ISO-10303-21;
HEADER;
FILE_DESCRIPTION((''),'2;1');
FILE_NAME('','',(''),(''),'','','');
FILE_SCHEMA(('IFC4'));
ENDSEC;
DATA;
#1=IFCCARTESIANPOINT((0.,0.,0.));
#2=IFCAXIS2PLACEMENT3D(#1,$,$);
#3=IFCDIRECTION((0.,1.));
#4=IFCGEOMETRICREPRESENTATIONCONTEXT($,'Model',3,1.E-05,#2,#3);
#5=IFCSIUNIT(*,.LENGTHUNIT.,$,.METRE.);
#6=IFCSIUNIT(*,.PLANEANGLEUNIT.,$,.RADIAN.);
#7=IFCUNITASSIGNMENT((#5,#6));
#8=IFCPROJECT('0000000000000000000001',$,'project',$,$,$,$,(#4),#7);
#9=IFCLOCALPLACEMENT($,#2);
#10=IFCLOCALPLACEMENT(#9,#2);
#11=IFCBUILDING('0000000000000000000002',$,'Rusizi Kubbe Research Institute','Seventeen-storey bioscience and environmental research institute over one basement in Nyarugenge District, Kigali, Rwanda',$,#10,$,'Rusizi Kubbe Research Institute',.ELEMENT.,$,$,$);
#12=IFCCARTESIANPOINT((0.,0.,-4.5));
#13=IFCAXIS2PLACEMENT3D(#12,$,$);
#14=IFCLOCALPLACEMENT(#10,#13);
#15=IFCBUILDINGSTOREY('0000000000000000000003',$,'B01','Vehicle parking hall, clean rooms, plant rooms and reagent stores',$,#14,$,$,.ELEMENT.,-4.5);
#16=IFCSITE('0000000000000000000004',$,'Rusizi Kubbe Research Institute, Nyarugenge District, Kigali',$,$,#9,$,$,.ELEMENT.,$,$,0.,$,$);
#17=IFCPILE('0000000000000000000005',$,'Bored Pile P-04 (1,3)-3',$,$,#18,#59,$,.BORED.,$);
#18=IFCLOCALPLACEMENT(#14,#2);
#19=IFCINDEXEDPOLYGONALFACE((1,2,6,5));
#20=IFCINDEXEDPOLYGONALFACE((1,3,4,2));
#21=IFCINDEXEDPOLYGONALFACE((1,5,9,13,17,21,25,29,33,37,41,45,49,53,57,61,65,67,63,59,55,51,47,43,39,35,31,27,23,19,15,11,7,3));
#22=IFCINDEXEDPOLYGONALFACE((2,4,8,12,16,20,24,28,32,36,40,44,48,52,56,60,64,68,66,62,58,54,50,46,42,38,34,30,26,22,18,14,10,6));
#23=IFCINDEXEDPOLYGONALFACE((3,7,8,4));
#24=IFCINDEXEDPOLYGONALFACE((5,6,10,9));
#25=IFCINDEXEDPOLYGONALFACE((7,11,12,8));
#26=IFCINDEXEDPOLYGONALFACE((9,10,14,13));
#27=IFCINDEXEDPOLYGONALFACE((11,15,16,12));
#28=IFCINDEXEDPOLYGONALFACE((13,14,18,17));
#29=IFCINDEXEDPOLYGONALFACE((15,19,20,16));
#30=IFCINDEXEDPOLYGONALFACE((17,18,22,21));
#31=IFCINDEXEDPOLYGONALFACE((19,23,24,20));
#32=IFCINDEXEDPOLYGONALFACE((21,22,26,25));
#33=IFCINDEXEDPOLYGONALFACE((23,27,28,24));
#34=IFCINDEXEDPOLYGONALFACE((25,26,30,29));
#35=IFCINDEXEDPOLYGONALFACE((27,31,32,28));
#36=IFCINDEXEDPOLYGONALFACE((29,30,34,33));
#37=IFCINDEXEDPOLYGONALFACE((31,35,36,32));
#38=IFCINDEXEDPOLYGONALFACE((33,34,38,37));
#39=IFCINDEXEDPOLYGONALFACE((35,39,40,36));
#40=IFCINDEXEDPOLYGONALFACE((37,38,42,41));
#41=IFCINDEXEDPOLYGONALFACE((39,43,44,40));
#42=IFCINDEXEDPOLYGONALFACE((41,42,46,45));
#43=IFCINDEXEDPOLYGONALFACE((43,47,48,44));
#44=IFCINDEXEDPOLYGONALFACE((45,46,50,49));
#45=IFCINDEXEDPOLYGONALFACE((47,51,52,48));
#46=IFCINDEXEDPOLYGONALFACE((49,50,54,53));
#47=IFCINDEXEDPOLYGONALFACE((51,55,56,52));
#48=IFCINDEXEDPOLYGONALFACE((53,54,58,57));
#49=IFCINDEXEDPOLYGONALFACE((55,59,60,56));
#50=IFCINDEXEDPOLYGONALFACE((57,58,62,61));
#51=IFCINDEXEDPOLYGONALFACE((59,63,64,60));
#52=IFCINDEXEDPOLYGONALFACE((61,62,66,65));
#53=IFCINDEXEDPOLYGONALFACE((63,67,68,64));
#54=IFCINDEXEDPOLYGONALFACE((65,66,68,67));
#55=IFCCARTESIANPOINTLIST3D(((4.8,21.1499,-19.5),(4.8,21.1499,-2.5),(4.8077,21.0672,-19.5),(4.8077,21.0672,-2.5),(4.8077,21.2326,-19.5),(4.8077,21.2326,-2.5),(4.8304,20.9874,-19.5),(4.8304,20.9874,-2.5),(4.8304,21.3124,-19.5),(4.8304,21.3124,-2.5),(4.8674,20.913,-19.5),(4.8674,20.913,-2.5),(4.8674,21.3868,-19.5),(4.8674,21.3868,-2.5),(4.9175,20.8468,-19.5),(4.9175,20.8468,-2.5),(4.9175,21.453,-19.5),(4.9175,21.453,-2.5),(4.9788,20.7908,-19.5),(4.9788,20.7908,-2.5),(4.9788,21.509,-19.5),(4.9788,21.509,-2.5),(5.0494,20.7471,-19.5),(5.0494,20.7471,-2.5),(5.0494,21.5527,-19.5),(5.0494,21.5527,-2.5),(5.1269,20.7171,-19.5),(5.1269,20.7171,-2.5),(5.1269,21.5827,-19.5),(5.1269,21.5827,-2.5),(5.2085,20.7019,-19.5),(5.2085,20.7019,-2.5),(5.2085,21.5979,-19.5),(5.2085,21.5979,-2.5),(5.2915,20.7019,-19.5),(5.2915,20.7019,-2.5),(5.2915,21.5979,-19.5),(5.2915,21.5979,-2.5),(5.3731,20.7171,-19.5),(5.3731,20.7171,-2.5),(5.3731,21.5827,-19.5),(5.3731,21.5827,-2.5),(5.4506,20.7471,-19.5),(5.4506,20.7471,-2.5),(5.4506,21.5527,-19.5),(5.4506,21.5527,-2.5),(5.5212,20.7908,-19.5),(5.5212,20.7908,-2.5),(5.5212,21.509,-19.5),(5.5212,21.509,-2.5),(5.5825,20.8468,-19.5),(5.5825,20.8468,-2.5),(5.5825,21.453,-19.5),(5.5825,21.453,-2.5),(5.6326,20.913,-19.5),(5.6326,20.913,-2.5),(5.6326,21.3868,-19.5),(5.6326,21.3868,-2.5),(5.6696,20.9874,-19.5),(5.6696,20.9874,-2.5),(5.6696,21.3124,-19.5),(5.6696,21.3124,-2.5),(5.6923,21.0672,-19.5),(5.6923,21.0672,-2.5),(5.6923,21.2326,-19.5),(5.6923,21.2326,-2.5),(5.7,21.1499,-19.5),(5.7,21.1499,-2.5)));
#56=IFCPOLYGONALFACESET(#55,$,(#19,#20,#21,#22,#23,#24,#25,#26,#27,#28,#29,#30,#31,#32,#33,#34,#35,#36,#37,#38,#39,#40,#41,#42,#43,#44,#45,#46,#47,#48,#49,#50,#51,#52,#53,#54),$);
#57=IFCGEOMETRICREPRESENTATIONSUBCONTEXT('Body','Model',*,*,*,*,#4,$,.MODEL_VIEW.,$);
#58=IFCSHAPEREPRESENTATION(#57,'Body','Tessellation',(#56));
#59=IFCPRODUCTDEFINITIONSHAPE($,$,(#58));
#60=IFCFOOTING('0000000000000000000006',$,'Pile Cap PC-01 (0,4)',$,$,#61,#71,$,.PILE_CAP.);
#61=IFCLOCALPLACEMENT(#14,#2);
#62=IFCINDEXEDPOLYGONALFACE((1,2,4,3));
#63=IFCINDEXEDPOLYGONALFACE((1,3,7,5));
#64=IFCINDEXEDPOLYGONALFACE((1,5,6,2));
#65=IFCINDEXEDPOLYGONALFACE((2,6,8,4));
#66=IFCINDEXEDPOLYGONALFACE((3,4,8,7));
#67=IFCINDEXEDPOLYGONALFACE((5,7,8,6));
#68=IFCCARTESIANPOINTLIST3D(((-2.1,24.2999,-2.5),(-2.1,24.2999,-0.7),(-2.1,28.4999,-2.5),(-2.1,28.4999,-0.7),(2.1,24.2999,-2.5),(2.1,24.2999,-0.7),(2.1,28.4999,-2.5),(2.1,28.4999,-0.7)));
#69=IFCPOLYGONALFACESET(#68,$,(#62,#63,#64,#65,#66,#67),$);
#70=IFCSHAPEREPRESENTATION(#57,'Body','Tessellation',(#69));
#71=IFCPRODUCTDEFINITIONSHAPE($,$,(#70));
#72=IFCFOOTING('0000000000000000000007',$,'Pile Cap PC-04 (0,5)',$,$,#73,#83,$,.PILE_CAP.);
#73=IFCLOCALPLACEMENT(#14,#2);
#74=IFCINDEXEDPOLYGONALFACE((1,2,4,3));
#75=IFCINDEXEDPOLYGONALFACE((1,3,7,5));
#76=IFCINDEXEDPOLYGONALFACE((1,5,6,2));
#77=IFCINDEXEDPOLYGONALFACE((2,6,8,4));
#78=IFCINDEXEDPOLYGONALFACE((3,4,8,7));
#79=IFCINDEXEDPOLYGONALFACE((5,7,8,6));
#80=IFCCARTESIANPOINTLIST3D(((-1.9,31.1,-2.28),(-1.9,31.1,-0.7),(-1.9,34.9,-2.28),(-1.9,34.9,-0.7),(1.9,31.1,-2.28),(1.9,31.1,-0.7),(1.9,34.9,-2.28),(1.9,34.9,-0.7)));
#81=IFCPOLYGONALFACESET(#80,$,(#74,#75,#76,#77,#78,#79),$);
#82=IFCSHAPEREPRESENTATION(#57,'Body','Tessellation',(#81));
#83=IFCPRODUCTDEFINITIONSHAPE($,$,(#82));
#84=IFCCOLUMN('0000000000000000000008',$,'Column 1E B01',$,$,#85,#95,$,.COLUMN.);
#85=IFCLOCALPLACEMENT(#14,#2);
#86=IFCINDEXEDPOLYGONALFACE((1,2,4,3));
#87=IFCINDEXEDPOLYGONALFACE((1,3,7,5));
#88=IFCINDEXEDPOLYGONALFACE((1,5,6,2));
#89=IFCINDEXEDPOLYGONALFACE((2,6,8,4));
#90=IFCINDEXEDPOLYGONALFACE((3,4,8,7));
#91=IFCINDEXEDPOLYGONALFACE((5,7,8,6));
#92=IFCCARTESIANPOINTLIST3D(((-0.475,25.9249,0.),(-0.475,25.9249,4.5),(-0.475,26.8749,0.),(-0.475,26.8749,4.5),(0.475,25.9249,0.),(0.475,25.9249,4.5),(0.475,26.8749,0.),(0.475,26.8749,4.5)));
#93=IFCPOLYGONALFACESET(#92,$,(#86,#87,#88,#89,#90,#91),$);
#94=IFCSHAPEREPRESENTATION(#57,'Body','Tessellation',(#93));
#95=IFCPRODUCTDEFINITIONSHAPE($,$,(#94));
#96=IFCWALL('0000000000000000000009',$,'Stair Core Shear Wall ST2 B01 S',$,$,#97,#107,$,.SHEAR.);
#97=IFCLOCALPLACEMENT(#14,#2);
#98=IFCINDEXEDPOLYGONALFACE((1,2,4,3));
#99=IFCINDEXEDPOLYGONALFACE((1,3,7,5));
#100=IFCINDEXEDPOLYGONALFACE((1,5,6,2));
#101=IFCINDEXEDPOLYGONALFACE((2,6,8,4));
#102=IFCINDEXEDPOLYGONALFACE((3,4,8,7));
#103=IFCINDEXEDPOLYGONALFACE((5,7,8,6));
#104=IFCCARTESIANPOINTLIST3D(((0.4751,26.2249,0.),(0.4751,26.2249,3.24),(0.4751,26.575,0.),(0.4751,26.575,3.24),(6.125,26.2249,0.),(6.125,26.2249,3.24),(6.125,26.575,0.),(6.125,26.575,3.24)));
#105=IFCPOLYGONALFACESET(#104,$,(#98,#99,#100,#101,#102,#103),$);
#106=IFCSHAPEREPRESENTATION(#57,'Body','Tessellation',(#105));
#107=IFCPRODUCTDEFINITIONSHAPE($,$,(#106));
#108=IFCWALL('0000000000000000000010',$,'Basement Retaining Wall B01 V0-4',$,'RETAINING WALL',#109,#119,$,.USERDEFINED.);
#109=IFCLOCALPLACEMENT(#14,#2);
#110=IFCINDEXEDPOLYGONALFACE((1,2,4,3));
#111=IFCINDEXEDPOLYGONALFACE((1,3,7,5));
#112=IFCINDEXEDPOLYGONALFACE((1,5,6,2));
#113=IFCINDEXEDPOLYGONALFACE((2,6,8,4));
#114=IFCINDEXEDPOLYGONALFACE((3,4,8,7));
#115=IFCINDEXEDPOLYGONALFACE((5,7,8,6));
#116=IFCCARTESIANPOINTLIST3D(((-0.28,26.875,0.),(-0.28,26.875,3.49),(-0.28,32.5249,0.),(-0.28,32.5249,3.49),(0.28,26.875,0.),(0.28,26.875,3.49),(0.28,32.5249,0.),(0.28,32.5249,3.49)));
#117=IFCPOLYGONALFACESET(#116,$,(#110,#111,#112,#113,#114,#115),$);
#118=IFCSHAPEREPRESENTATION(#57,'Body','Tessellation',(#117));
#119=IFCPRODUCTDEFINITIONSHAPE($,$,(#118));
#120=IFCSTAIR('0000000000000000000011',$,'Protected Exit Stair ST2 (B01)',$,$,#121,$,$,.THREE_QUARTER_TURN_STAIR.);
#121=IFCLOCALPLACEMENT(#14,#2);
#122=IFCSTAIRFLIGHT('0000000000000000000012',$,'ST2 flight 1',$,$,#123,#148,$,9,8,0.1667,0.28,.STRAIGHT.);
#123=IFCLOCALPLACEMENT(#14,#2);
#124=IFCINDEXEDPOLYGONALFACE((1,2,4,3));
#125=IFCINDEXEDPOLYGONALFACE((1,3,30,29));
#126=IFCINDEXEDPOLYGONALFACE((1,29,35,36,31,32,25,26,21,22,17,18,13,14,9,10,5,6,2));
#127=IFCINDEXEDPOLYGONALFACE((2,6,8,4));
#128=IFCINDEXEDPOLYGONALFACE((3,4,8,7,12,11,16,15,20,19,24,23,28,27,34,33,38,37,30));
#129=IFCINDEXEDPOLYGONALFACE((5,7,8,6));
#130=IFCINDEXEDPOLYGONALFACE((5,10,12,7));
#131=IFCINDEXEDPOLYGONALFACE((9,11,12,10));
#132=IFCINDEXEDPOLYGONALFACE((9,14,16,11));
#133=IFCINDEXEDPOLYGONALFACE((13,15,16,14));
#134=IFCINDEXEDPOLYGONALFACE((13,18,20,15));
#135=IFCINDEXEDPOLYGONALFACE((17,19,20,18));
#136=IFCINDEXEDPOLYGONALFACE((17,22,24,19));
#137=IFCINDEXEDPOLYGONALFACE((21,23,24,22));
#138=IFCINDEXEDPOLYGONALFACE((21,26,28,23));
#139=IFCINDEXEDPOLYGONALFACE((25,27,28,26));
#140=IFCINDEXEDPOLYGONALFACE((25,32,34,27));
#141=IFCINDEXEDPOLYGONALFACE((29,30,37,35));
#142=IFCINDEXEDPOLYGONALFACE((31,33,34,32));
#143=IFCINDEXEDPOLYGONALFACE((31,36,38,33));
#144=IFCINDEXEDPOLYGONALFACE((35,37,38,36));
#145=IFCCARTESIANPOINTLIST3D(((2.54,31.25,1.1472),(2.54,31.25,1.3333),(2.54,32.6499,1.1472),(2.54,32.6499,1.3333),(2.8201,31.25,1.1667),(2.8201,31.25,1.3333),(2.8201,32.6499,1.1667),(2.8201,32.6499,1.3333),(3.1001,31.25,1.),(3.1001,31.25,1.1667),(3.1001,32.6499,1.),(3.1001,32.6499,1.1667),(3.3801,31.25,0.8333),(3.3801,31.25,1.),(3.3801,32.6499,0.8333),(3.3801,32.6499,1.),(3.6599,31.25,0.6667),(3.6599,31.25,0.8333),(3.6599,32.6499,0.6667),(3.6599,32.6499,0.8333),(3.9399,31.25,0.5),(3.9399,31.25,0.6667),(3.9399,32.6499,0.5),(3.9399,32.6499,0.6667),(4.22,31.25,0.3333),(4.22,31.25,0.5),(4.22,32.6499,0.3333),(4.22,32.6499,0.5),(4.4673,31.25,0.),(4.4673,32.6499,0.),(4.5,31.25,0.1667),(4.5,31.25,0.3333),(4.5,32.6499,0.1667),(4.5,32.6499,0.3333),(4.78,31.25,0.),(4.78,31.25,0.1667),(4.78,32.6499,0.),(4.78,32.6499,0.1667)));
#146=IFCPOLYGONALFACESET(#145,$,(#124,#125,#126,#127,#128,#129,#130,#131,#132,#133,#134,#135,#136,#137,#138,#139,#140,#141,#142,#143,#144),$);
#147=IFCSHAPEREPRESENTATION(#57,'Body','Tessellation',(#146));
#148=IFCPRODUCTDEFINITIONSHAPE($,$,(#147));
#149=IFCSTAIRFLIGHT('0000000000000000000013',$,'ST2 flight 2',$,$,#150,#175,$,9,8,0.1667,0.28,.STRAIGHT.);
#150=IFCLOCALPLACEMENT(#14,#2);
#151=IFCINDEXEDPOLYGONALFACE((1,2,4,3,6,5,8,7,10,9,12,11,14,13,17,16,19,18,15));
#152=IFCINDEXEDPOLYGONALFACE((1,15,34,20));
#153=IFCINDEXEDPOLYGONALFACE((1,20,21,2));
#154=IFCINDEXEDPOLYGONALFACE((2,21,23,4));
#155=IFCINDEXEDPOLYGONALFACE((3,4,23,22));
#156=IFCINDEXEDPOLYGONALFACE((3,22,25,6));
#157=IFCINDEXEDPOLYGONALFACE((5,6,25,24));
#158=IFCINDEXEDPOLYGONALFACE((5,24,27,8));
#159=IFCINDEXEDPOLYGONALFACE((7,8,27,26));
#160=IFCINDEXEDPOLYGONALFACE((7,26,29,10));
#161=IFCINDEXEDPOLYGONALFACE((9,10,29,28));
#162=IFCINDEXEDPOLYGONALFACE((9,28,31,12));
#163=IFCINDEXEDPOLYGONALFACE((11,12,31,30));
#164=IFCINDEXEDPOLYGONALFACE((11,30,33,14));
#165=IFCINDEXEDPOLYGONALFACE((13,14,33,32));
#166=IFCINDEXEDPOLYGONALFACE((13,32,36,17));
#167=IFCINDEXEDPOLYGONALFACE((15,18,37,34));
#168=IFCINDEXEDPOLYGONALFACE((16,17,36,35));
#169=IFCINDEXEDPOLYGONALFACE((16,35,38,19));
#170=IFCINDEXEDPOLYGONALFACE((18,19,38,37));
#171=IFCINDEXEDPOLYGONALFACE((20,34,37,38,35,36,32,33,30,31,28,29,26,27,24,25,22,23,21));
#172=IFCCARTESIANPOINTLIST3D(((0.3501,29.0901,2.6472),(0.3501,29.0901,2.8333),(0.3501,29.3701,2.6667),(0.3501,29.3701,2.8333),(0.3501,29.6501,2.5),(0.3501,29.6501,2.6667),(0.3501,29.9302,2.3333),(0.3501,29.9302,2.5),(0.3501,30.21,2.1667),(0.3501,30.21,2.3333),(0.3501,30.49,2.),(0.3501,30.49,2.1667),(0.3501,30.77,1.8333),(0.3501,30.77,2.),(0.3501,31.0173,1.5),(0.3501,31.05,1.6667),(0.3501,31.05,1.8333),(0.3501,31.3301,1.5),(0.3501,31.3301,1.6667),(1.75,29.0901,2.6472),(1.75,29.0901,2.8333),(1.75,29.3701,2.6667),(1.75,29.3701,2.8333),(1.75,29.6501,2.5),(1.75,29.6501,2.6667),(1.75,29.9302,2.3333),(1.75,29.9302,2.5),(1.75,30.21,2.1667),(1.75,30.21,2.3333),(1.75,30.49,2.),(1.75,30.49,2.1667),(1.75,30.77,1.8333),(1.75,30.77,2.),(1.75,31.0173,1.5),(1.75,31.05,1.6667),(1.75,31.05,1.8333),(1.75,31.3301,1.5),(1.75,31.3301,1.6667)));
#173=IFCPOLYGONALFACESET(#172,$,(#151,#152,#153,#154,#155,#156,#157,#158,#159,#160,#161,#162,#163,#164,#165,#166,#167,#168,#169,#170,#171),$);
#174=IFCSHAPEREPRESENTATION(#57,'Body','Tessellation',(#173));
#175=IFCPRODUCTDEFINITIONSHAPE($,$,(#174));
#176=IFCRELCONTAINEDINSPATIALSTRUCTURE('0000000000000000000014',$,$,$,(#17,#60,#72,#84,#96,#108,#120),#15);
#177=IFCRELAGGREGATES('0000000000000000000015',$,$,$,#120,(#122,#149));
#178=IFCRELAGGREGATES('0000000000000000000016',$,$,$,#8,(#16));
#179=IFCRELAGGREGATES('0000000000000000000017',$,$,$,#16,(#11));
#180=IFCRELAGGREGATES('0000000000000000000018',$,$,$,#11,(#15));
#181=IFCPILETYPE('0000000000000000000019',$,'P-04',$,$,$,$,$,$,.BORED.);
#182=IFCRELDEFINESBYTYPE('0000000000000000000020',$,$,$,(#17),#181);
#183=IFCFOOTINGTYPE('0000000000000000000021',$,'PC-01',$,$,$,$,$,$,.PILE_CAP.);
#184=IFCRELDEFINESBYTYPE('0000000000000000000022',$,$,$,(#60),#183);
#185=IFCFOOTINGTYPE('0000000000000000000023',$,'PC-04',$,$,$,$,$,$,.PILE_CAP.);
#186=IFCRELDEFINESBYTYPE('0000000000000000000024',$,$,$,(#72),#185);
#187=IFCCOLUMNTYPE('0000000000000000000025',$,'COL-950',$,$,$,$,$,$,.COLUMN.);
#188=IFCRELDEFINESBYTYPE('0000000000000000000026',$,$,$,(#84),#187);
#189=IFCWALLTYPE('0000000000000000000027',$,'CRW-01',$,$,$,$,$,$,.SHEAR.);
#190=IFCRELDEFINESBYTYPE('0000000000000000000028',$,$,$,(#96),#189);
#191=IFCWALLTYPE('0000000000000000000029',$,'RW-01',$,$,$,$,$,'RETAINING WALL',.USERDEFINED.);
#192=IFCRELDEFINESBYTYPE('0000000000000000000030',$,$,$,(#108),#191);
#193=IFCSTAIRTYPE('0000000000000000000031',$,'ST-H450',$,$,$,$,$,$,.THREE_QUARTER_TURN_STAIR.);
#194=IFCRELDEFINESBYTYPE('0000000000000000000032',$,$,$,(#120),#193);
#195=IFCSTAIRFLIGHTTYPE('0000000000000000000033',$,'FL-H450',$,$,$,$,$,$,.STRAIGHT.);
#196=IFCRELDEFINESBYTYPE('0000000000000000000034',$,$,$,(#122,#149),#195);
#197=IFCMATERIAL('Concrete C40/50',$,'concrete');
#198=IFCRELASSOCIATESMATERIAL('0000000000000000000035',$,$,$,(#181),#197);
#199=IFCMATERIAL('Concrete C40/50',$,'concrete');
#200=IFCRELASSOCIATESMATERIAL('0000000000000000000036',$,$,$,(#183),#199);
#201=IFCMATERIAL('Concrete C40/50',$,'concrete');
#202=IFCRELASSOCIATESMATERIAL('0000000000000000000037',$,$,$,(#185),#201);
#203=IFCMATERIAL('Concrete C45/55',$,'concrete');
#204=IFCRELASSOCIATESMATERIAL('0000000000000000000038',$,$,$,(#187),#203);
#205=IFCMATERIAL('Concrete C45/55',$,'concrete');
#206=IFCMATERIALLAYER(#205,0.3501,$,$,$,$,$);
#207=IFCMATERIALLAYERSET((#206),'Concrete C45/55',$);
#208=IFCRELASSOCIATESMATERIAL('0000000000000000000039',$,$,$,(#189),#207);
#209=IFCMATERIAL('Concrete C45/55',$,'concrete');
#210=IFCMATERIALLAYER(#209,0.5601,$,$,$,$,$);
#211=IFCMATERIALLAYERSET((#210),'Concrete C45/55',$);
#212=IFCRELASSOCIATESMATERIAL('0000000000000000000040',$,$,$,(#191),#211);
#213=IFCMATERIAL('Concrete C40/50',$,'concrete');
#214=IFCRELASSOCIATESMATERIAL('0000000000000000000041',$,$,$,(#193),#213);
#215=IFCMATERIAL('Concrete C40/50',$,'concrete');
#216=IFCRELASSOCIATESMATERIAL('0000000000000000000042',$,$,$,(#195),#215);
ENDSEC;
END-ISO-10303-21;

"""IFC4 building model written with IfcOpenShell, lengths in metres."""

from ifc_helpers import new_model, si_unit, direction, frame, frame_2d, origin, origin_2d, place, context, subcontext, project, spatial, polyline, rectangle, circle, outline, extrude, material, layer, layer_set, material_profile, profile_set, type_object, element, aggregate, save


model = new_model("IFC4")

# Units and contexts
model_context = context("Model", 3, precision=1e-05, world=origin(), true_north=direction((0.0, 1.0)))
body_context = subcontext(model_context, "Body", "Model", "MODEL_VIEW")
ifc_project = project(units=[si_unit("LENGTHUNIT", "METRE"), si_unit("PLANEANGLEUNIT", "RADIAN")], contexts=[model_context])

# Site, building, storey
site_placement = place(None, origin())
site = spatial("IfcSite", under=ifc_project, at=site_placement, Name="Rusizi Kubbe Research Institute, Nyarugenge District, Kigali", CompositionType="ELEMENT", RefElevation=0.0)
building_placement = place(site_placement, origin())
building = spatial("IfcBuilding", under=site, at=building_placement, Name="Rusizi Kubbe Research Institute", Description="Seventeen-storey bioscience and environmental research institute over one basement in Nyarugenge District, Kigali, Rwanda", LongName="Rusizi Kubbe Research Institute", CompositionType="ELEMENT")
storey_placement = place(building_placement, frame((0.0, 0.0, -4.5)))
storey = spatial("IfcBuildingStorey", under=building, at=storey_placement, Name="B01", Description="Vehicle parking hall, clean rooms, plant rooms and reagent stores", CompositionType="ELEMENT", Elevation=-4.5)

# Pile
ifc_material_1 = material(Name="Concrete C40/50", Category="concrete")
ifc_material_profile_1 = material_profile(ifc_material_1, circle(Radius=0.45, at=origin_2d()), Name="PILE-D900")
ifc_profile_set_1 = profile_set([ifc_material_profile_1], Name="Concrete C40/50")
pile_type_1 = type_object("IfcPileType", Name="P-04", PredefinedType="BORED", material=ifc_profile_set_1)
for number, where, z_axis, x_axis, name in (
    (1, (5.25, 21.1499, -2.5), (0.0, 0.0, -1.0), (1.0, 0.0, 0.0), "Bored Pile P-04 (1,3)-3"),
):
    element("IfcPile", number, at=place(storey_placement, frame(where, z_axis=z_axis, x_axis=x_axis)), inside=storey, type_object=pile_type_1, Name=name, PredefinedType="BORED", context=body_context, shape_type="SweptSolid", body=[
        extrude(circle(Radius=0.45, at=origin_2d()), origin(), (0.0, 0.0, 1.0), 17.0),
    ])

# Footings
ifc_material_2 = material(Name="Concrete C40/50", Category="concrete")
footing_type_1 = type_object("IfcFootingType", Name="PC-01", PredefinedType="PILE_CAP", material=ifc_material_2)
footing_1_placement = place(storey_placement, frame((0.0, 26.3999, -2.5), z_axis=(0.0, 0.0, 1.0), x_axis=(1.0, 0.0, 0.0)))
element("IfcFooting", 2, at=footing_1_placement, inside=storey, type_object=footing_type_1, Name="Pile Cap PC-01 (0,4)", PredefinedType="PILE_CAP", context=body_context, shape_type="SweptSolid", body=[
    extrude(rectangle(XDim=4.2, YDim=4.2, at=origin_2d()), origin(), (0.0, 0.0, 1.0), 1.8),
])
ifc_material_3 = material(Name="Concrete C40/50", Category="concrete")
footing_type_2 = type_object("IfcFootingType", Name="PC-04", PredefinedType="PILE_CAP", material=ifc_material_3)
footing_2_placement = place(storey_placement, frame((0.0, 33.0, -2.28), z_axis=(0.0, 0.0, 1.0), x_axis=(1.0, 0.0, 0.0)))
element("IfcFooting", 3, at=footing_2_placement, inside=storey, type_object=footing_type_2, Name="Pile Cap PC-04 (0,5)", PredefinedType="PILE_CAP", context=body_context, shape_type="SweptSolid", body=[
    extrude(rectangle(XDim=3.8, YDim=3.8, at=origin_2d()), origin(), (0.0, 0.0, 1.0), 1.5801),
])

# Column
ifc_material_4 = material(Name="Concrete C45/55", Category="concrete")
ifc_material_profile_2 = material_profile(ifc_material_4, rectangle(XDim=0.95, YDim=0.95, at=origin_2d()), Name="RC950x950")
ifc_profile_set_2 = profile_set([ifc_material_profile_2], Name="Concrete C45/55")
column_type = type_object("IfcColumnType", Name="COL-950", PredefinedType="COLUMN", material=ifc_profile_set_2)
column_placement = place(storey_placement, frame((0.0, 26.3999, 0.0), z_axis=(0.0, 0.0, 1.0), x_axis=(1.0, 0.0, 0.0)))
element("IfcColumn", 4, at=column_placement, inside=storey, type_object=column_type, Name="Column 1E B01", PredefinedType="COLUMN", context=body_context, shape_type="SweptSolid", body=[
    extrude(rectangle(XDim=0.95, YDim=0.95, at=origin_2d()), origin(), (0.0, 0.0, 1.0), 4.5),
])

# Walls
ifc_material_5 = material(Name="Concrete C45/55", Category="concrete")
ifc_layer_1 = layer(ifc_material_5, 0.3501)
ifc_layer_set_1 = layer_set([ifc_layer_1], Name="Concrete C45/55")
wall_type_1 = type_object("IfcWallType", Name="CRW-01", PredefinedType="SHEAR", material=ifc_layer_set_1)
wall_1_placement = place(storey_placement, frame((0.4751, 26.3999, 0.0), z_axis=(0.0, 0.0, 1.0), x_axis=(1.0, 0.0, 0.0)))
element("IfcWall", 5, at=wall_1_placement, inside=storey, type_object=wall_type_1, Name="Stair Core Shear Wall ST2 B01 S", PredefinedType="SHEAR", context=body_context, shape_type="SweptSolid", body=[
    extrude(rectangle(XDim=5.6499, YDim=0.3501, at=frame_2d((2.825, 0.0))), origin(), (0.0, 0.0, 1.0), 3.24),
])
ifc_material_6 = material(Name="Concrete C45/55", Category="concrete")
ifc_layer_2 = layer(ifc_material_6, 0.5601)
ifc_layer_set_2 = layer_set([ifc_layer_2], Name="Concrete C45/55")
wall_type_2 = type_object("IfcWallType", Name="RW-01", ElementType="RETAINING WALL", PredefinedType="USERDEFINED", material=ifc_layer_set_2)
wall_2_placement = place(storey_placement, frame((0.0, 26.875, 0.0), z_axis=(0.0, 0.0, 1.0), x_axis=(0.0, 1.0, 0.0)))
element("IfcWall", 6, at=wall_2_placement, inside=storey, type_object=wall_type_2, Name="Basement Retaining Wall B01 V0-4", ObjectType="RETAINING WALL", PredefinedType="USERDEFINED", context=body_context, shape_type="SweptSolid", body=[
    extrude(rectangle(XDim=5.6499, YDim=0.5601, at=frame_2d((2.825, 0.0))), origin(), (0.0, 0.0, 1.0), 3.49),
])

# Stair, stair flights
ifc_material_7 = material(Name="Concrete C40/50", Category="concrete")
stair_type = type_object("IfcStairType", Name="ST-H450", PredefinedType="THREE_QUARTER_TURN_STAIR", material=ifc_material_7)
stair_placement = place(storey_placement, origin())
stair = element("IfcStair", 7, at=stair_placement, inside=storey, type_object=stair_type, Name="Protected Exit Stair ST2 (B01)", PredefinedType="THREE_QUARTER_TURN_STAIR")
ifc_material_8 = material(Name="Concrete C40/50", Category="concrete")
stair_flight_type = type_object("IfcStairFlightType", Name="FL-H450", PredefinedType="STRAIGHT", material=ifc_material_8)
stair_flight_1_placement = place(storey_placement, frame((4.78, 31.95, 0.0), z_axis=(0.0, 0.0, 1.0), x_axis=(-1.0, 0.0, 0.0)))
stair_flight_1 = element("IfcStairFlight", 8, at=stair_flight_1_placement, type_object=stair_flight_type, Name="ST2 flight 1", NumberOfRisers=9, NumberOfTreads=8, PredefinedType="STRAIGHT", RiserHeight=0.1667, TreadLength=0.28, context=body_context, shape_type="SweptSolid", body=[
    extrude(outline(polyline([(0.0, 0.0), (0.0, 0.1667), (0.28, 0.1667), (0.28, 0.3333), (0.5601, 0.3333), (0.5601, 0.5), (0.8401, 0.5), (0.8401, 0.6667), (1.1201, 0.6667), (1.1201, 0.8333), (1.3999, 0.8333), (1.3999, 1.0), (1.6799, 1.0), (1.6799, 1.1667), (1.96, 1.1667), (1.96, 1.3333), (2.24, 1.3333), (2.24, 1.5), (2.24, 1.1472), (0.3127, 0.0), (0.0, 0.0)])), frame((0.0, 0.7, 0.0), z_axis=(0.0, -1.0, 0.0), x_axis=(1.0, 0.0, 0.0)), (0.0, 0.0, 1.0), 1.3999),
])
stair_flight_2_placement = place(storey_placement, frame((1.05, 31.3301, 1.5), z_axis=(0.0, 0.0, 1.0), x_axis=(0.0, -1.0, 0.0)))
stair_flight_2 = element("IfcStairFlight", 9, at=stair_flight_2_placement, type_object=stair_flight_type, Name="ST2 flight 2", NumberOfRisers=9, NumberOfTreads=8, PredefinedType="STRAIGHT", RiserHeight=0.1667, TreadLength=0.28, context=body_context, shape_type="SweptSolid", body=[
    extrude(outline(polyline([(0.0, 0.0), (0.0, 0.1667), (0.28, 0.1667), (0.28, 0.3333), (0.5601, 0.3333), (0.5601, 0.5), (0.8401, 0.5), (0.8401, 0.6667), (1.1201, 0.6667), (1.1201, 0.8333), (1.3999, 0.8333), (1.3999, 1.0), (1.6799, 1.0), (1.6799, 1.1667), (1.96, 1.1667), (1.96, 1.3333), (2.24, 1.3333), (2.24, 1.5), (2.24, 1.1472), (0.3127, 0.0), (0.0, 0.0)])), frame((0.0, 0.7, 0.0), z_axis=(0.0, -1.0, 0.0), x_axis=(1.0, 0.0, 0.0)), (0.0, 0.0, 1.0), 1.3999),
])
aggregate(stair, [stair_flight_1, stair_flight_2])

save(model, "model.ifc")
